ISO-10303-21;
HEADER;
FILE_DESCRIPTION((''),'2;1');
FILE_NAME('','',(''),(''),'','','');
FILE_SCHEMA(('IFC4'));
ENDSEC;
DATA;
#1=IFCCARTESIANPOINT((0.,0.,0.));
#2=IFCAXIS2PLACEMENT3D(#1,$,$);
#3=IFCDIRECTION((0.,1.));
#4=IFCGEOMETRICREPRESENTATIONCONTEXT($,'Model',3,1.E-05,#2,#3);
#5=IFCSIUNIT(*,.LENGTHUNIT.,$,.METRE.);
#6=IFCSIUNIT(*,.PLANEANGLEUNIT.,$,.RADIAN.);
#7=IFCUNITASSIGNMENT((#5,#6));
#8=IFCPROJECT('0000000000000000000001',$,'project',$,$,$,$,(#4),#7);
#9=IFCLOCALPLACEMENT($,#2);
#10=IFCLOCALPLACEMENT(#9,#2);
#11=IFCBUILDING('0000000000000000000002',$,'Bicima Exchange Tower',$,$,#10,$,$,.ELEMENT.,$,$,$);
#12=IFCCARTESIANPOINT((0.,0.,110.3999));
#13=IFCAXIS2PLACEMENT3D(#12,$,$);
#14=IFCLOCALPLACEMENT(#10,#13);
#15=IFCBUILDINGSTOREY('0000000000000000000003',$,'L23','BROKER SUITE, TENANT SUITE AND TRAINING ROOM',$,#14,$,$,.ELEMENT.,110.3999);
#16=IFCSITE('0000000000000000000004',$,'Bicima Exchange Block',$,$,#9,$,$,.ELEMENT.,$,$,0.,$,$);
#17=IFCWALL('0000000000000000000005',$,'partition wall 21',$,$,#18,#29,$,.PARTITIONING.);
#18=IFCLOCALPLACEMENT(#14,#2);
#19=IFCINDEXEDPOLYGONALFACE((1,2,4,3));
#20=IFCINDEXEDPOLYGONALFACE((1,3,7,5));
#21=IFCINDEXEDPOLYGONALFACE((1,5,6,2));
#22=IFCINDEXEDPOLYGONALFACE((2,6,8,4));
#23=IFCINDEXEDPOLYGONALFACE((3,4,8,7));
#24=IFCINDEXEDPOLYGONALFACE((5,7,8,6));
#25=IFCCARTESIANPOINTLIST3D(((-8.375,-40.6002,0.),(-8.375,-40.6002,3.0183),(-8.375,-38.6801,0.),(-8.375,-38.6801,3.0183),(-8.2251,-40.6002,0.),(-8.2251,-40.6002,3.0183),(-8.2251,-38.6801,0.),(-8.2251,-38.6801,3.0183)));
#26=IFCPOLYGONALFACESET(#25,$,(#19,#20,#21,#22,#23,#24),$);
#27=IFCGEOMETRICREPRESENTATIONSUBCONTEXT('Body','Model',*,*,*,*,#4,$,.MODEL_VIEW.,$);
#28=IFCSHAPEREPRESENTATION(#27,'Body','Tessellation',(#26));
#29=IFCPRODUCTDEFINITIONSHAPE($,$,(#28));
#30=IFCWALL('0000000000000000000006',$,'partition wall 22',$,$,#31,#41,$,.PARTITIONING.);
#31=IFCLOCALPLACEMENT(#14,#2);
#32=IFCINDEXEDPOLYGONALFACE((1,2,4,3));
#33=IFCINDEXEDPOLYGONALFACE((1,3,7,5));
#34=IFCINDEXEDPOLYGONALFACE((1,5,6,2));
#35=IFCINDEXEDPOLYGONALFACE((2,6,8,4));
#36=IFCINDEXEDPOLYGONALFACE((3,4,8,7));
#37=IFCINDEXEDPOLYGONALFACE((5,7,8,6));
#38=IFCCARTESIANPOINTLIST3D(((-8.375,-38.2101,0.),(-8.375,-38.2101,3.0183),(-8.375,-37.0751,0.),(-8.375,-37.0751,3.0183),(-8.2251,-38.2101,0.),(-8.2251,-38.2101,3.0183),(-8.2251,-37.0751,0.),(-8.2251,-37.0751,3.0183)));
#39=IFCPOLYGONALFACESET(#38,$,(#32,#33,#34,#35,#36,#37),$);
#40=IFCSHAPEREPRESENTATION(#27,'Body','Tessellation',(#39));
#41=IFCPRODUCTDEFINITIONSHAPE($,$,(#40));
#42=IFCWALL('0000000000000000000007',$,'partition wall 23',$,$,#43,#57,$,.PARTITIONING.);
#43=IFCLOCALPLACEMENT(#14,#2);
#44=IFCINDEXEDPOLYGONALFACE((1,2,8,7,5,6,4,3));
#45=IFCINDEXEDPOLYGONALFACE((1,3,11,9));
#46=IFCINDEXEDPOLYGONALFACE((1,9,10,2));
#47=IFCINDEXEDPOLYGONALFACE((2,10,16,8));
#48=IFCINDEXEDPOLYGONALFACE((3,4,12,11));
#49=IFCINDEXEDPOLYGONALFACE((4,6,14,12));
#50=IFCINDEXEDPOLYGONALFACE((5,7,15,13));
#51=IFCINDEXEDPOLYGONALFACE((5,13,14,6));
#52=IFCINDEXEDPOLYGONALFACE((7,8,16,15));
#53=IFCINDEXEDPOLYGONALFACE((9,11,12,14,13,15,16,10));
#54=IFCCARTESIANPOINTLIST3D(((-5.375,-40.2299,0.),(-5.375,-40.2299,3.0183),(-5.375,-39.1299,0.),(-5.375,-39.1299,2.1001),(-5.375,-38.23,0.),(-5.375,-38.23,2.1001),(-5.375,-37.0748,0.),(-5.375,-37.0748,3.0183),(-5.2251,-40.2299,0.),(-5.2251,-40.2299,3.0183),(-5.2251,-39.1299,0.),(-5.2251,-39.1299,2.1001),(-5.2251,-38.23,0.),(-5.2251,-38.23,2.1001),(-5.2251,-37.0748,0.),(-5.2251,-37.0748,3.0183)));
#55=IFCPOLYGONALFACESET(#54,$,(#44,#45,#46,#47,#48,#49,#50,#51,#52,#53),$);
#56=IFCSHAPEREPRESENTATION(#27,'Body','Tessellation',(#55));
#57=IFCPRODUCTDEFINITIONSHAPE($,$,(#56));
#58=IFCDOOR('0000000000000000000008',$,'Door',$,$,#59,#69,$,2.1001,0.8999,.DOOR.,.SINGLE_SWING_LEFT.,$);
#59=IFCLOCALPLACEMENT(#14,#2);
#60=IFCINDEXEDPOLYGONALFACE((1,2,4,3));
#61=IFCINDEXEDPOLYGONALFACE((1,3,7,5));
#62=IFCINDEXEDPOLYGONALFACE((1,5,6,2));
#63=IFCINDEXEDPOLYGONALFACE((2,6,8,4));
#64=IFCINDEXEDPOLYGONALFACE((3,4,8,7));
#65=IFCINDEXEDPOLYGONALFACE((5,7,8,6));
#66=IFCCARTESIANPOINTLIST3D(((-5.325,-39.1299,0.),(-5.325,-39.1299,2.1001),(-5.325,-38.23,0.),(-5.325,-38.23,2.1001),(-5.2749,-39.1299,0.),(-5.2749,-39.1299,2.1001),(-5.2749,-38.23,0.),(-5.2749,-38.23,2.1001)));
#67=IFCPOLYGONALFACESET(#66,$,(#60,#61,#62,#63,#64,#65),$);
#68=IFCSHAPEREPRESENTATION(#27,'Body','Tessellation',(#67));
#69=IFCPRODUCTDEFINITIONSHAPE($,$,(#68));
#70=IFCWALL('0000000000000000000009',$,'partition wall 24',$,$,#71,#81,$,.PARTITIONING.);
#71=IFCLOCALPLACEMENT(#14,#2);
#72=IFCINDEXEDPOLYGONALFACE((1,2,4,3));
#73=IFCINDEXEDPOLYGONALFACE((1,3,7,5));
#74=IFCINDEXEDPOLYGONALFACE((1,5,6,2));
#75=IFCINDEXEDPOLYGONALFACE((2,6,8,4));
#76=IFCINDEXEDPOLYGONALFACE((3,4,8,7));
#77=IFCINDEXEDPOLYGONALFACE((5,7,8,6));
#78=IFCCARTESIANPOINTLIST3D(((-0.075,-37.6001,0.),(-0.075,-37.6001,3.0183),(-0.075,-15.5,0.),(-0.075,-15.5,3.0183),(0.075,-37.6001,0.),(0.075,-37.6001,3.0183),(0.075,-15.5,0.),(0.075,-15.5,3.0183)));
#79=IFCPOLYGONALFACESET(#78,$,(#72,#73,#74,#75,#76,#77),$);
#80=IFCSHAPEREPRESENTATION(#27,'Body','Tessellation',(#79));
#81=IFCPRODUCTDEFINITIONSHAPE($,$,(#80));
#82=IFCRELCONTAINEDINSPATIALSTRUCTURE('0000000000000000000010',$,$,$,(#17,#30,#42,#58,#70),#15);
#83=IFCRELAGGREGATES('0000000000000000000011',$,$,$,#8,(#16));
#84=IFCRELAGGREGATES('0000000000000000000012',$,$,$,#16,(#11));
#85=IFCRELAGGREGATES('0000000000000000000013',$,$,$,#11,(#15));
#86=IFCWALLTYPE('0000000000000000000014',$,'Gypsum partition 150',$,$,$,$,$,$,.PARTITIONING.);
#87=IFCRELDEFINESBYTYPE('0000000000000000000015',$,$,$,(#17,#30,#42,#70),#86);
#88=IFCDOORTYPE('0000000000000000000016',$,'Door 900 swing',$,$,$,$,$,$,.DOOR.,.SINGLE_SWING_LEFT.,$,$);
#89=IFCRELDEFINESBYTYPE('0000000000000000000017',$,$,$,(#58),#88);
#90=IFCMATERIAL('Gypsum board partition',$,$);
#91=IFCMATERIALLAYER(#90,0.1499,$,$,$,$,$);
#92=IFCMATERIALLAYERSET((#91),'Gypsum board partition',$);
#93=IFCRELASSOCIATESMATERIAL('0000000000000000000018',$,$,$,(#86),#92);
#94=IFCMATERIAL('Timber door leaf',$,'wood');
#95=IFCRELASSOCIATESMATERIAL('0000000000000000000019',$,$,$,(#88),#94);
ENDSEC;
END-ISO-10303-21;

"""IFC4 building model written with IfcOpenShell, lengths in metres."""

from ifc_helpers import new_model, si_unit, direction, frame, frame_2d, origin, place, context, subcontext, project, spatial, rectangle, extrude, material, layer, layer_set, type_object, element, fill, save


model = new_model("IFC4")

# Units and contexts
model_context = context("Model", 3, precision=1e-05, world=origin(), true_north=direction((0.0, 1.0)))
body_context = subcontext(model_context, "Body", "Model", "MODEL_VIEW")
ifc_project = project(units=[si_unit("LENGTHUNIT", "METRE"), si_unit("PLANEANGLEUNIT", "RADIAN")], contexts=[model_context])

# Site, building, storey
site_placement = place(None, origin())
site = spatial("IfcSite", under=ifc_project, at=site_placement, Name="Bicima Exchange Block", CompositionType="ELEMENT", RefElevation=0.0)
building_placement = place(site_placement, origin())
building = spatial("IfcBuilding", under=site, at=building_placement, Name="Bicima Exchange Tower", CompositionType="ELEMENT")
storey_placement = place(building_placement, frame((0.0, 0.0, 110.3999)))
storey = spatial("IfcBuildingStorey", under=building, at=storey_placement, Name="L23", Description="BROKER SUITE, TENANT SUITE AND TRAINING ROOM", CompositionType="ELEMENT", Elevation=110.3999)

# Walls
ifc_material_1 = material(Name="Gypsum board partition")
ifc_layer_1 = layer(ifc_material_1, 0.1499)
ifc_layer_set_1 = layer_set([ifc_layer_1], Name="Gypsum board partition")
wall_type = type_object("IfcWallType", Name="Gypsum partition 150", PredefinedType="PARTITIONING", material=ifc_layer_set_1)
wall_1_placement = place(storey_placement, frame((-8.3, -40.6001, 0.0), z_axis=(0.0, 0.0, 1.0), x_axis=(0.0, 1.0, 0.0)))
element("IfcWall", 1, at=wall_1_placement, inside=storey, type_object=wall_type, Name="partition wall 21", PredefinedType="PARTITIONING", context=body_context, shape_type="SweptSolid", body=[
    extrude(rectangle(XDim=1.9202, YDim=0.1499, at=frame_2d((0.96, 0.0))), origin(), (0.0, 0.0, 1.0), 3.0183),
])
wall_2_placement = place(storey_placement, frame((-8.3, -38.21, 0.0), z_axis=(0.0, 0.0, 1.0), x_axis=(0.0, 1.0, 0.0)))
element("IfcWall", 2, at=wall_2_placement, inside=storey, type_object=wall_type, Name="partition wall 22", PredefinedType="PARTITIONING", context=body_context, shape_type="SweptSolid", body=[
    extrude(rectangle(XDim=1.135, YDim=0.1499, at=frame_2d((0.5674, 0.0))), origin(), (0.0, 0.0, 1.0), 3.0183),
])

# Wall, opening, door
wall_3_placement = place(storey_placement, frame((-5.3, -40.23, 0.0), z_axis=(0.0, 0.0, 1.0), x_axis=(0.0, 1.0, 0.0)))
wall_3 = element("IfcWall", 3, at=wall_3_placement, inside=storey, type_object=wall_type, Name="partition wall 23", PredefinedType="PARTITIONING", context=body_context, shape_type="SweptSolid", body=[
    extrude(rectangle(XDim=3.155, YDim=0.1499, at=frame_2d((1.5776, 0.0))), origin(), (0.0, 0.0, 1.0), 3.0183),
])
opening_placement = place(wall_3_placement, frame((1.1001, 0.0, 0.0)))
opening = element("IfcOpeningElement", 4, at=opening_placement, cuts=wall_3, PredefinedType="OPENING", context=body_context, shape_type="SweptSolid", body=[
    extrude(rectangle(XDim=0.8999, YDim=2.1001, at=frame_2d((0.45, 1.05))), frame((0.0, 0.0869, 0.0), z_axis=(0.0, -1.0, 0.0), x_axis=(1.0, 0.0, 0.0)), (0.0, 0.0, 1.0), 0.1738),
])
ifc_material_2 = material(Name="Timber door leaf", Category="wood")
door_type = type_object("IfcDoorType", Name="Door 900 swing", OperationType="SINGLE_SWING_LEFT", PredefinedType="DOOR", material=ifc_material_2)
door_placement = place(opening_placement, origin())
door = element("IfcDoor", 5, at=door_placement, inside=storey, type_object=door_type, Name="Door", OperationType="SINGLE_SWING_LEFT", OverallHeight=2.1001, OverallWidth=0.8999, PredefinedType="DOOR", context=body_context, shape_type="SweptSolid", body=[
    extrude(rectangle(XDim=0.8999, YDim=2.1001, at=frame_2d((0.45, 1.05))), frame((0.0, 0.0249, 0.0), z_axis=(0.0, -1.0, 0.0), x_axis=(1.0, 0.0, 0.0)), (0.0, 0.0, 1.0), 0.05),
])
fill(opening, door)

# Wall
wall_4_placement = place(storey_placement, frame((0.0, -37.6001, 0.0), z_axis=(0.0, 0.0, 1.0), x_axis=(0.0, 1.0, 0.0)))
element("IfcWall", 6, at=wall_4_placement, inside=storey, type_object=wall_type, Name="partition wall 24", PredefinedType="PARTITIONING", context=body_context, shape_type="SweptSolid", body=[
    extrude(rectangle(XDim=22.1001, YDim=0.1499, at=frame_2d((11.05, 0.0))), origin(), (0.0, 0.0, 1.0), 3.0183),
])

save(model, "model.ifc")
